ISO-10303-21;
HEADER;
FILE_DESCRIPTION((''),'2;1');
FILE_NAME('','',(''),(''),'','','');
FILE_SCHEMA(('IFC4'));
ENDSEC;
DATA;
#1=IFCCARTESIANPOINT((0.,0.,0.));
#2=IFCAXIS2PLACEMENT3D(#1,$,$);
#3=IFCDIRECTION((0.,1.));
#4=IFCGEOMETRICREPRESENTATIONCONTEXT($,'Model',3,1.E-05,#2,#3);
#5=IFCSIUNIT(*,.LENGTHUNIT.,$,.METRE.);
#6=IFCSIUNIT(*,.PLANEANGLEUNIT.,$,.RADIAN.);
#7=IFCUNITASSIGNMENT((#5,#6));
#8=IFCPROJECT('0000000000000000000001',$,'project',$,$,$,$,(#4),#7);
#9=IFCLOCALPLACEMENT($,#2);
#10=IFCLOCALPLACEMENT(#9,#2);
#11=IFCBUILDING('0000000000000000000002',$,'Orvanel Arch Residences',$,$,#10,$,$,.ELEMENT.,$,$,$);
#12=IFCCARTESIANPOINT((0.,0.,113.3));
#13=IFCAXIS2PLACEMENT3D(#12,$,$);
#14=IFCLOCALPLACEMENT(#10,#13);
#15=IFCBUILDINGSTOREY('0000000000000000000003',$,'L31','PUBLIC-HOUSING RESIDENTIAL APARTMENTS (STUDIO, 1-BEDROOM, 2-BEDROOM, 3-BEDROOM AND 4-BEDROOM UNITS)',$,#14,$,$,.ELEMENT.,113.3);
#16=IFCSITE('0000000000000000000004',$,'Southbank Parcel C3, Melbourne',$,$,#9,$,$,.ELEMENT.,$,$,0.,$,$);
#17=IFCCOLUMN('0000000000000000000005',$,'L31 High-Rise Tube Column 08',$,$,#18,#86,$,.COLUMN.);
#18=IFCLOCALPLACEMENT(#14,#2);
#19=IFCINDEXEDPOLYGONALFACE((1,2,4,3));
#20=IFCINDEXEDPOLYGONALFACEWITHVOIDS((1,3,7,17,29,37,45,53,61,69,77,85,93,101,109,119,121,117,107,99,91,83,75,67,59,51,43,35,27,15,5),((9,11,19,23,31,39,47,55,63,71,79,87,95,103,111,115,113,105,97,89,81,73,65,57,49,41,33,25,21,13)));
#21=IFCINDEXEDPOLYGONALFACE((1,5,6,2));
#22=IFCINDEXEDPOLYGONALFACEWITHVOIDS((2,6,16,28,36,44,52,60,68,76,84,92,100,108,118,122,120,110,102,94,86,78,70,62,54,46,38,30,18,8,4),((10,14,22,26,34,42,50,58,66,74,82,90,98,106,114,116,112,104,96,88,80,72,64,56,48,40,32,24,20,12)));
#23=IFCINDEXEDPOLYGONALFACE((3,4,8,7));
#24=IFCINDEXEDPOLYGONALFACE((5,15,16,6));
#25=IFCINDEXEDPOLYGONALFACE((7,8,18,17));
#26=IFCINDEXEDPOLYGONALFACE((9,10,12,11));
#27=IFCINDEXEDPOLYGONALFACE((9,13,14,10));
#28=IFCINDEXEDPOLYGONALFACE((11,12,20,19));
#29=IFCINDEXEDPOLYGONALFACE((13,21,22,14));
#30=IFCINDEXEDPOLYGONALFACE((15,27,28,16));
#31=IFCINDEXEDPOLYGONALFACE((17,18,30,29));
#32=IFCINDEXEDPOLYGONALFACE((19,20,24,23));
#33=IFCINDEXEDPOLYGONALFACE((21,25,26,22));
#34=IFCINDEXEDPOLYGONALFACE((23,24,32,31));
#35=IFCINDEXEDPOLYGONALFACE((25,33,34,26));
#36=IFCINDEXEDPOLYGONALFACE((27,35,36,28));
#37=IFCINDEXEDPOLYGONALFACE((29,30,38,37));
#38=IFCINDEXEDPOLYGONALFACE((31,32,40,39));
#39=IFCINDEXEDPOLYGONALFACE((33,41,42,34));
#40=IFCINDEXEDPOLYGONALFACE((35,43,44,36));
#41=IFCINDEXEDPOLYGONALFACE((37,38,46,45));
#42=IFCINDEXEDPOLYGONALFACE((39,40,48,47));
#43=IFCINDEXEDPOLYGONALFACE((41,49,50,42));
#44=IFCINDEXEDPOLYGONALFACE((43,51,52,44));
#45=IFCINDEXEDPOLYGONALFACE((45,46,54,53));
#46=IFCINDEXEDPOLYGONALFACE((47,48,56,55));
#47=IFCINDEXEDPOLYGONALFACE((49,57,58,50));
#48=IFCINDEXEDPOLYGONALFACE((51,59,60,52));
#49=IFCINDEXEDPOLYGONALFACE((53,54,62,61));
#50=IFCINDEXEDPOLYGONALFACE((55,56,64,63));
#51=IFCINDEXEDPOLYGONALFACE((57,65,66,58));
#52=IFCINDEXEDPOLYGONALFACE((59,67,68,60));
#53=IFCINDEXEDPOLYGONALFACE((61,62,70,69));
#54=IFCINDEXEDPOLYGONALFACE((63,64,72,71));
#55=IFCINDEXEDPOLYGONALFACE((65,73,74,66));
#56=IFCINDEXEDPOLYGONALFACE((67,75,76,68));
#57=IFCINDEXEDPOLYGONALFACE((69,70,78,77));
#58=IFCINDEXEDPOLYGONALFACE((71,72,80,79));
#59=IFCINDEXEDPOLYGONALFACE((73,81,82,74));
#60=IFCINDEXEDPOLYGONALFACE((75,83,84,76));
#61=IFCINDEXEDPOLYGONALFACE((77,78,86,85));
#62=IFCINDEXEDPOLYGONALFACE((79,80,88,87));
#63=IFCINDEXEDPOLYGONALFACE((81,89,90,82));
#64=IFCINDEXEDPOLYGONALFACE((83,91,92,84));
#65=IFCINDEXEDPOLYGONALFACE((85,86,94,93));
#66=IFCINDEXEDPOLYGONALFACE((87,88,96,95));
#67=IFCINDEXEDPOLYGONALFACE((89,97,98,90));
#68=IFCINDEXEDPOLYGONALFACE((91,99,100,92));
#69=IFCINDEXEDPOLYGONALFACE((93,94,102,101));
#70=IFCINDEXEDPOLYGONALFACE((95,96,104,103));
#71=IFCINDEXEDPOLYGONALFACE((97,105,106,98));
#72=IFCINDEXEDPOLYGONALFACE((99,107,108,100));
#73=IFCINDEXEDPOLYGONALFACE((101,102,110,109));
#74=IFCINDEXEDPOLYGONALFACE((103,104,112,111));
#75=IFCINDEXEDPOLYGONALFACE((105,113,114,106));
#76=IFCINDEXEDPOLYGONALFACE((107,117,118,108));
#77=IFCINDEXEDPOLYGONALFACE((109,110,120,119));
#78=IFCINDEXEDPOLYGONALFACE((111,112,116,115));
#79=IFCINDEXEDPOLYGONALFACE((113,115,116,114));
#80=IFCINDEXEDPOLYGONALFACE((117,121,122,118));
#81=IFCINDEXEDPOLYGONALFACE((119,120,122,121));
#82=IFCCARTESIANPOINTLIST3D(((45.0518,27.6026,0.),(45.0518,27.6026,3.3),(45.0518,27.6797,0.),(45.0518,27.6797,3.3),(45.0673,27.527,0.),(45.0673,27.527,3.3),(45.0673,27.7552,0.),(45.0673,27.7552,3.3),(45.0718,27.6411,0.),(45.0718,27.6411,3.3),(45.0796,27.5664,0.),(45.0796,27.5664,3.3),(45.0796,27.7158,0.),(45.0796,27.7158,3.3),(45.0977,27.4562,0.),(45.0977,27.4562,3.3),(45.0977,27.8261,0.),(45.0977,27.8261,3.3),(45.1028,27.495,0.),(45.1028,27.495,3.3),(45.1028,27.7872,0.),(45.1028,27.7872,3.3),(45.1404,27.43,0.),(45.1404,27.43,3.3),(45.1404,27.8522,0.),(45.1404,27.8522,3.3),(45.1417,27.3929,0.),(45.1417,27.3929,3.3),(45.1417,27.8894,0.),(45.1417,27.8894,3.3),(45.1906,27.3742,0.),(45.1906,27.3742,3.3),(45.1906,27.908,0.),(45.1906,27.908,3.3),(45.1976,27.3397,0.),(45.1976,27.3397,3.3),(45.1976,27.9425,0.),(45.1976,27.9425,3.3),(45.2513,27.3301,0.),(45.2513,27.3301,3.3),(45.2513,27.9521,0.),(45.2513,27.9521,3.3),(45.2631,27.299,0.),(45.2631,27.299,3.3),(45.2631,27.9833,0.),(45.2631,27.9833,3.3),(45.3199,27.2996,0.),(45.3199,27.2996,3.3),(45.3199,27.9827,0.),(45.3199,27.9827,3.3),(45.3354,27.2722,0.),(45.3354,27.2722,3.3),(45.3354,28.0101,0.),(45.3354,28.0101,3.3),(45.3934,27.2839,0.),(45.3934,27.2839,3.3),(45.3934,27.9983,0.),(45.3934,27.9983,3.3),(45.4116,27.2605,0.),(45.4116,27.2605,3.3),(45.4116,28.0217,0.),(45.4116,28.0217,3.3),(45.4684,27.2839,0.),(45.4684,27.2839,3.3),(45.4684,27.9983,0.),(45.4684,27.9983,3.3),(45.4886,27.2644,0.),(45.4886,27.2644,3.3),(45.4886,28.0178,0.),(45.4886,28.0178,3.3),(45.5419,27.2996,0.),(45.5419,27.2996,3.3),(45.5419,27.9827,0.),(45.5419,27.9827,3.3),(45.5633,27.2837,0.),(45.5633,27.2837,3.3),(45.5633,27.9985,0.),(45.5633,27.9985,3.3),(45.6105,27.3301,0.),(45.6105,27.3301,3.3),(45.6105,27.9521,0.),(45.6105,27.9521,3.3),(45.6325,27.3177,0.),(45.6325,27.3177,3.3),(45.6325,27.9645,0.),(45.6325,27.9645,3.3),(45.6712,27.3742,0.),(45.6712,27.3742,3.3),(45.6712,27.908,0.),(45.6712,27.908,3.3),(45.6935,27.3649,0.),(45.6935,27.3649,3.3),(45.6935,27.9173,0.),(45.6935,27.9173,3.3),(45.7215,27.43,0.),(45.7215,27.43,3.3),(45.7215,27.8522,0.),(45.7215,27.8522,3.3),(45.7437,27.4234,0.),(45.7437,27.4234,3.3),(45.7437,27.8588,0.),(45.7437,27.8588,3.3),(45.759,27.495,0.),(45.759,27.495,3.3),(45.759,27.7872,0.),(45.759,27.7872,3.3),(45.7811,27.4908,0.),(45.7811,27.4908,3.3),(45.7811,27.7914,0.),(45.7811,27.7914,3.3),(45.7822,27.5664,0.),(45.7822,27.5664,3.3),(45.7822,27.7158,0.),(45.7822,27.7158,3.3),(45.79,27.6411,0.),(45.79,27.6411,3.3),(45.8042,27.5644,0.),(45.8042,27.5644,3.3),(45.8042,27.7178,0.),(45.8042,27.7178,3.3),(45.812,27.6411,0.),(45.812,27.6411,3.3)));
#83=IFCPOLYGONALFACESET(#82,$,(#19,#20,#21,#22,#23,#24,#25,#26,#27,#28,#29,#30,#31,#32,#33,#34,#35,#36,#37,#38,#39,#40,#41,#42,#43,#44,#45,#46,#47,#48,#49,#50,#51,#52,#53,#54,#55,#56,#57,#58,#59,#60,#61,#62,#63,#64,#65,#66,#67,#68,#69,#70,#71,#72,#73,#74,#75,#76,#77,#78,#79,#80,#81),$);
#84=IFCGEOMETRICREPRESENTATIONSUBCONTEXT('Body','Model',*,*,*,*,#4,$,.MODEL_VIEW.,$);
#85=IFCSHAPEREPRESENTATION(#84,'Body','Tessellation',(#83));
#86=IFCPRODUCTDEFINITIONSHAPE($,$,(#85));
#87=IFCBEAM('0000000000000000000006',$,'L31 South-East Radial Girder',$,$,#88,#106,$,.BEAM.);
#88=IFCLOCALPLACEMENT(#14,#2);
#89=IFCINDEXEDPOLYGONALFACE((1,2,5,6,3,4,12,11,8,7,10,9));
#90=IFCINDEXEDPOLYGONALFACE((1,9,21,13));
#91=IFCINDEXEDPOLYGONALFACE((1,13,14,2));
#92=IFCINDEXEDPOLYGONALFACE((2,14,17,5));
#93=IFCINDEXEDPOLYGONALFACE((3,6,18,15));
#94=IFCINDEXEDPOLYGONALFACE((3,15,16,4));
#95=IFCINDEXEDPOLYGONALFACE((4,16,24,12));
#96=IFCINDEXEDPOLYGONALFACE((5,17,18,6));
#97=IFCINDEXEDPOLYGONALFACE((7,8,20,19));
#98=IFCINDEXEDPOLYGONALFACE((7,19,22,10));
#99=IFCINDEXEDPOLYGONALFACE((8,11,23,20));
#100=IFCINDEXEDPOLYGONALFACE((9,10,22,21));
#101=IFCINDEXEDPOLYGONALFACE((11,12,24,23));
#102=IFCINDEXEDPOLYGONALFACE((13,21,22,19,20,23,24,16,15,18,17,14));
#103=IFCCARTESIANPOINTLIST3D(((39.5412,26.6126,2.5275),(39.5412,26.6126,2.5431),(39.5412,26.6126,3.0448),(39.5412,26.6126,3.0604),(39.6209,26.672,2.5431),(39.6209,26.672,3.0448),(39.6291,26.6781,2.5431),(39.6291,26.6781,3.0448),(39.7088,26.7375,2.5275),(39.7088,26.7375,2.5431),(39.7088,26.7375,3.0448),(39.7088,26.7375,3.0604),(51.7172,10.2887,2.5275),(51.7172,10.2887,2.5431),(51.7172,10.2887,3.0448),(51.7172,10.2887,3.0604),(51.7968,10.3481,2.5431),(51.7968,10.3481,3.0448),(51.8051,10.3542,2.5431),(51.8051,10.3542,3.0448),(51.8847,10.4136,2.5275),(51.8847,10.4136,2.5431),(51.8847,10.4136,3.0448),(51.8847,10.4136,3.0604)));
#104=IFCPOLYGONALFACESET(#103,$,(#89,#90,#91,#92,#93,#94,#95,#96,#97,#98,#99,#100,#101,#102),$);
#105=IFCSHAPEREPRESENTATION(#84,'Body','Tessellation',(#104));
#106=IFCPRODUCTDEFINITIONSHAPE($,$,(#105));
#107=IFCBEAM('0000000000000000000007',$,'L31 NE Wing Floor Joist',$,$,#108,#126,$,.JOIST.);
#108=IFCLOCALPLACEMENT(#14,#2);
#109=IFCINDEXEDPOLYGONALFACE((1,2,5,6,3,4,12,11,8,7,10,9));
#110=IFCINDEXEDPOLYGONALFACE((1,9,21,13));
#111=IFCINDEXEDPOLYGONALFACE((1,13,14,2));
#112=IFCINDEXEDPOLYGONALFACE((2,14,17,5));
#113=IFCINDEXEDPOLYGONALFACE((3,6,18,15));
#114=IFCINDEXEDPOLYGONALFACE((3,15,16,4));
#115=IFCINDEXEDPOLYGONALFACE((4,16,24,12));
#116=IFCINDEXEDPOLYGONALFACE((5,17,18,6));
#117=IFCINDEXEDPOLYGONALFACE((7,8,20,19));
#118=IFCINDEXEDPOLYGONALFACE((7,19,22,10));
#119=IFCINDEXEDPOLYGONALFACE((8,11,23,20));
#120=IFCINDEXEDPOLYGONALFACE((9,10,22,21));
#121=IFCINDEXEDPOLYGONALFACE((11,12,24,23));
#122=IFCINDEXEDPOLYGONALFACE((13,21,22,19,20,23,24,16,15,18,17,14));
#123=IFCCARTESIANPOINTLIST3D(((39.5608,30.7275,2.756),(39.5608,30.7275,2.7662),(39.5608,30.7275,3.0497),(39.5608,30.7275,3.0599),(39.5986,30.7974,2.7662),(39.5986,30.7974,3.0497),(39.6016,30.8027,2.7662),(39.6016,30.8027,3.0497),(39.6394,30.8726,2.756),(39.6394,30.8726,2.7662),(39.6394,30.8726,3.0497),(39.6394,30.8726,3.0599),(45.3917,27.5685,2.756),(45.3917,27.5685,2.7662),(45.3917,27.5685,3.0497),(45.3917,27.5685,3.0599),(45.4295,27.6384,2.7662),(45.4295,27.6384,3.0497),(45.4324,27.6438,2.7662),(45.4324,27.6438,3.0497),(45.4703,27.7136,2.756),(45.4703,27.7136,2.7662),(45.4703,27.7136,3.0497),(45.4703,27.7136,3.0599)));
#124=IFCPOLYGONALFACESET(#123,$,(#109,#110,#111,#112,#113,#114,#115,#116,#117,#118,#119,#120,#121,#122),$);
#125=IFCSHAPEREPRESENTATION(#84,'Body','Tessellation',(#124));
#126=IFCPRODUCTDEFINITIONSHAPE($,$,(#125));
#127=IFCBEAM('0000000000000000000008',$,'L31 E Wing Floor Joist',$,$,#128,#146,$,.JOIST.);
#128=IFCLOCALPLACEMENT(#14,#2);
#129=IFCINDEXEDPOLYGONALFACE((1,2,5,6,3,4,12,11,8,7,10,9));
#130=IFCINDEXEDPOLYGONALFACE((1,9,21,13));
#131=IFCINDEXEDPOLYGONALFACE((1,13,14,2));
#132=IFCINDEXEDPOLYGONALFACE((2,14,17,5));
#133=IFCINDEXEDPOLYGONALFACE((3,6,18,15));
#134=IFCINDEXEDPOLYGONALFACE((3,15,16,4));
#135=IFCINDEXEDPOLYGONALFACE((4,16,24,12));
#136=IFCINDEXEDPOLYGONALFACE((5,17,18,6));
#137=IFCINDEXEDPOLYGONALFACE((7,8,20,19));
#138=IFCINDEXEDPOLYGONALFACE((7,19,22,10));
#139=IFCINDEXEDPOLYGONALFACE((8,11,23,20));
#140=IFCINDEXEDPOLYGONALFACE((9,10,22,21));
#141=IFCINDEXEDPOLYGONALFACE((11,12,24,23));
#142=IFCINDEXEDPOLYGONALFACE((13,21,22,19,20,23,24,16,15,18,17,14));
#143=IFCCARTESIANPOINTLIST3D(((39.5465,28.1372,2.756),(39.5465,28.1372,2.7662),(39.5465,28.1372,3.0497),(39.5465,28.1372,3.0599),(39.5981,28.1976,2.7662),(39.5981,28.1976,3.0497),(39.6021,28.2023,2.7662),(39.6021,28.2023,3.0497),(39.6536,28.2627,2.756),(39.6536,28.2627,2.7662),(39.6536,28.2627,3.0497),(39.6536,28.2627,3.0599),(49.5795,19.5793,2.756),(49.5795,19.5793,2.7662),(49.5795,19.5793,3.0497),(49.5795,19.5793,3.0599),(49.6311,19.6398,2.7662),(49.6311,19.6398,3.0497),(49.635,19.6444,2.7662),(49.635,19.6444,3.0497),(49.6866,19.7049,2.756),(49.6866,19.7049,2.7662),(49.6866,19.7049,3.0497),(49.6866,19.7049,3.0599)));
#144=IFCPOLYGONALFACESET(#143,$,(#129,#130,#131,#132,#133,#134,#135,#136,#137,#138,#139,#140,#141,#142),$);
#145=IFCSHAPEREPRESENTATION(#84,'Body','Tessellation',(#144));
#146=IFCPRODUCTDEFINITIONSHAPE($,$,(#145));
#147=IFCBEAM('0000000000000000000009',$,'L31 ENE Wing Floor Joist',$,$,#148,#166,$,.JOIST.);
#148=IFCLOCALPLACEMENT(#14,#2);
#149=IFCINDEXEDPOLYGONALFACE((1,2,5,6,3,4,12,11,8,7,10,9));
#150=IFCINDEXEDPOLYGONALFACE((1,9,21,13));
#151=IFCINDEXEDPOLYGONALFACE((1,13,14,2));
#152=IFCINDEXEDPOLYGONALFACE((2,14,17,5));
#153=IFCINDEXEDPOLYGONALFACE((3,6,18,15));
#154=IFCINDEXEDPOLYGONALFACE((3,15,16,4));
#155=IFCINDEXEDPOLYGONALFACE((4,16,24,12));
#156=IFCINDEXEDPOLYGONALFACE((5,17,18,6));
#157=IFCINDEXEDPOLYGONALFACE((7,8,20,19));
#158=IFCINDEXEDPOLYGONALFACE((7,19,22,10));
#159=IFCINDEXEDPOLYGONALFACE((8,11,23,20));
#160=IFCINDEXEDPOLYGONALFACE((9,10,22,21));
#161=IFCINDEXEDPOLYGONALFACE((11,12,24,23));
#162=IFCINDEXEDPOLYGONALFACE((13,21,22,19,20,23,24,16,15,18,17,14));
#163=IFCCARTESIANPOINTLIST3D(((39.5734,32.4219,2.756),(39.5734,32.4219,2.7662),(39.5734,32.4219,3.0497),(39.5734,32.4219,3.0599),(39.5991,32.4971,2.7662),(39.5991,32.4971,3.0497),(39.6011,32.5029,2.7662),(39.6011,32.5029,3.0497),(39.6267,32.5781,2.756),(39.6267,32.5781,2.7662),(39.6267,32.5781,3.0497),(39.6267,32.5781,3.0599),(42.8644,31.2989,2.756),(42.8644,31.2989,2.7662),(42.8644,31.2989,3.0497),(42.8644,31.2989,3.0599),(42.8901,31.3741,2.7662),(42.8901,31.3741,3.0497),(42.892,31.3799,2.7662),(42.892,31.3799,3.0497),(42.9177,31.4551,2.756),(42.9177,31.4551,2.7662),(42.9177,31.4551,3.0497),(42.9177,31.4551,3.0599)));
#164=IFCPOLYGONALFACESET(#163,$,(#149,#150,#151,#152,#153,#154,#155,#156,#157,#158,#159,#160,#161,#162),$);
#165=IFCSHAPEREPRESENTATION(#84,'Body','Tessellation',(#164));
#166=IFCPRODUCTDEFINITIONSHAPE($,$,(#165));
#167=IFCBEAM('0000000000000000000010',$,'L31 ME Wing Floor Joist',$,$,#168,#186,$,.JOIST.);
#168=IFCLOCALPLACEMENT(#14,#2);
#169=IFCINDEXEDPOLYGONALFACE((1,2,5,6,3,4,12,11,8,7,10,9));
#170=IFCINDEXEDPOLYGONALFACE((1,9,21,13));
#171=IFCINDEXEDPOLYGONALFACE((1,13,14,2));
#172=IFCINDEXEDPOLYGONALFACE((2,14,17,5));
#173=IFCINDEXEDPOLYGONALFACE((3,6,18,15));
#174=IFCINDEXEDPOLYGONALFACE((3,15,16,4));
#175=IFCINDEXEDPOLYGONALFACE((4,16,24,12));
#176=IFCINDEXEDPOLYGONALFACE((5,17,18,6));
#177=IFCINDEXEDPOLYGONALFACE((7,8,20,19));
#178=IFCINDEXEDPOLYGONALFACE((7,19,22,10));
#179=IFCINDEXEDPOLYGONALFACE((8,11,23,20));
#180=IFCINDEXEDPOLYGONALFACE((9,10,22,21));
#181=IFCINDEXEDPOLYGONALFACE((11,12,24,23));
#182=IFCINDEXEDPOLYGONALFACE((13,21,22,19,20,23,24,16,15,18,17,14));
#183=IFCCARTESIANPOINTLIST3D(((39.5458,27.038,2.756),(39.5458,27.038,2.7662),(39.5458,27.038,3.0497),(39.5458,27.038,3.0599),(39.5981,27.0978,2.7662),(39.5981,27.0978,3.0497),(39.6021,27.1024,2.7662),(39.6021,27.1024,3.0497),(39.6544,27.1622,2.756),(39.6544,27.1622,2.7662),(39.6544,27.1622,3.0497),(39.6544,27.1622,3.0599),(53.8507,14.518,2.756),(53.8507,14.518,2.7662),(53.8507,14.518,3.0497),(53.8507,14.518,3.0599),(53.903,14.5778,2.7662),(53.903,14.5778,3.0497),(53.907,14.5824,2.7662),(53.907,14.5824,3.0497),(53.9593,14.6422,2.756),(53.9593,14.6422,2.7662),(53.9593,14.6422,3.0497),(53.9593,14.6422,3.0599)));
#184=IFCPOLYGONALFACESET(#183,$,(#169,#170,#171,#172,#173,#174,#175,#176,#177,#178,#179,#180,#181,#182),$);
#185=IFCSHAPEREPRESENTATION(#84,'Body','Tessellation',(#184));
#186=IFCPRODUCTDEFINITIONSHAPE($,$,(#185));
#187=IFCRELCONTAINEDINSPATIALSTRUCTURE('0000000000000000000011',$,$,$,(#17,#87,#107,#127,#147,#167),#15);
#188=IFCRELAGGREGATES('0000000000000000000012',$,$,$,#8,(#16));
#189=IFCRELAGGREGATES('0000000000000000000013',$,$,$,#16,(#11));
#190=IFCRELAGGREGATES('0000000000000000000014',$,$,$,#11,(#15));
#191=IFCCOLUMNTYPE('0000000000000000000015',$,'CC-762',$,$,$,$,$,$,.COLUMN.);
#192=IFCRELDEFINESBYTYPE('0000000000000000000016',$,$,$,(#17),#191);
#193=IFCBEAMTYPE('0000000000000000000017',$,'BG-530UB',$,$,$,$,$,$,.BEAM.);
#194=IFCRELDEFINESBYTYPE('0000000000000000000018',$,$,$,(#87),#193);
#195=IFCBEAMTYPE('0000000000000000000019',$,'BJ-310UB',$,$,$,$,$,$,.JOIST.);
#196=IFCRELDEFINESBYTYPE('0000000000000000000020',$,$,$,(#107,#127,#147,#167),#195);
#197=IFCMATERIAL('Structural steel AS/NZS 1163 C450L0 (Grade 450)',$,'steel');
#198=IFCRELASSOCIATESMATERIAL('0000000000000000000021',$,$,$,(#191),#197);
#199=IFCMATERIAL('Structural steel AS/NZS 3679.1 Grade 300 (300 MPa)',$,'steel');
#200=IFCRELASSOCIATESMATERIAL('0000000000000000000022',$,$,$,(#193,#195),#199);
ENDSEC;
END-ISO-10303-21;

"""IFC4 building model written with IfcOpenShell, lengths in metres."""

from ifc_helpers import new_model, si_unit, direction, frame, origin, origin_2d, place, context, subcontext, project, spatial, hollow_circle, i_section, extrude, material, material_profile, profile_set, type_object, element, save


model = new_model("IFC4")

# Units and contexts
model_context = context("Model", 3, precision=1e-05, world=origin(), true_north=direction((0.0, 1.0)))
body_context = subcontext(model_context, "Body", "Model", "MODEL_VIEW")
ifc_project = project(units=[si_unit("LENGTHUNIT", "METRE"), si_unit("PLANEANGLEUNIT", "RADIAN")], contexts=[model_context])

# Site, building, storey
site_placement = place(None, origin())
site = spatial("IfcSite", under=ifc_project, at=site_placement, Name="Southbank Parcel C3, Melbourne", CompositionType="ELEMENT", RefElevation=0.0)
building_placement = place(site_placement, origin())
building = spatial("IfcBuilding", under=site, at=building_placement, Name="Orvanel Arch Residences", CompositionType="ELEMENT")
storey_placement = place(building_placement, frame((0.0, 0.0, 113.3)))
storey = spatial("IfcBuildingStorey", under=building, at=storey_placement, Name="L31", Description="PUBLIC-HOUSING RESIDENTIAL APARTMENTS (STUDIO, 1-BEDROOM, 2-BEDROOM, 3-BEDROOM AND 4-BEDROOM UNITS)", CompositionType="ELEMENT", Elevation=113.3)

# Column
ifc_material_1 = material(Name="Structural steel AS/NZS 1163 C450L0 (Grade 450)", Category="steel")
ifc_material_profile_1 = material_profile(ifc_material_1, hollow_circle(Radius=0.3811, WallThickness=0.022, at=origin_2d()), Name="CHS762x22")
ifc_profile_set_1 = profile_set([ifc_material_profile_1], Name="Structural steel AS/NZS 1163 C450L0 (Grade 450)")
column_type = type_object("IfcColumnType", Name="CC-762", PredefinedType="COLUMN", material=ifc_profile_set_1)
column_placement = place(storey_placement, frame((45.4309, 27.6411, 0.0), z_axis=(0.0, 0.0, 1.0), x_axis=(1.0, 0.0, 0.0)))
element("IfcColumn", 1, at=column_placement, inside=storey, type_object=column_type, Name="L31 High-Rise Tube Column 08", PredefinedType="COLUMN", context=body_context, shape_type="SweptSolid", body=[
    extrude(hollow_circle(Radius=0.3811, WallThickness=0.022, at=origin_2d()), origin(), (0.0, 0.0, 1.0), 3.3),
])

# Beams
ifc_material_2 = material(Name="Structural steel AS/NZS 3679.1 Grade 300 (300 MPa)", Category="steel")
ifc_material_profile_2 = material_profile(ifc_material_2, i_section(OverallWidth=0.209, OverallDepth=0.533, WebThickness=0.0103, FlangeThickness=0.0156, at=origin_2d()), Name="530UB92.4")
ifc_profile_set_2 = profile_set([ifc_material_profile_2], Name="Structural steel AS/NZS 3679.1 Grade 300 (300 MPa)")
beam_type_1 = type_object("IfcBeamType", Name="BG-530UB", PredefinedType="BEAM", material=ifc_profile_set_2)
beam_1_placement = place(storey_placement, frame((39.625, 26.675, 2.7939), z_axis=(0.597894, -0.801575, 0.0), x_axis=(0.801575, 0.597894, 0.0)))
element("IfcBeam", 2, at=beam_1_placement, inside=storey, type_object=beam_type_1, Name="L31 South-East Radial Girder", PredefinedType="BEAM", context=body_context, shape_type="SweptSolid", body=[
    extrude(i_section(OverallWidth=0.209, OverallDepth=0.533, WebThickness=0.0103, FlangeThickness=0.0156, at=origin_2d()), origin(), (0.0, 0.0, 1.0), 20.3647),
])
ifc_material_profile_3 = material_profile(ifc_material_2, i_section(OverallWidth=0.165, OverallDepth=0.304, WebThickness=0.0061, FlangeThickness=0.0103, at=origin_2d()), Name="310UB40.4")
ifc_profile_set_3 = profile_set([ifc_material_profile_3], Name="Structural steel AS/NZS 3679.1 Grade 300 (300 MPa)")
beam_type_2 = type_object("IfcBeamType", Name="BJ-310UB", PredefinedType="JOIST", material=ifc_profile_set_3)
beam_2_placement = place(storey_placement, frame((39.6001, 30.8, 2.908), z_axis=(0.879255, -0.476351, 0.0), x_axis=(0.476351, 0.879255, 0.0)))
element("IfcBeam", 3, at=beam_2_placement, inside=storey, type_object=beam_type_2, Name="L31 NE Wing Floor Joist", PredefinedType="JOIST", context=body_context, shape_type="SweptSolid", body=[
    extrude(i_section(OverallWidth=0.165, OverallDepth=0.304, WebThickness=0.0061, FlangeThickness=0.0103, at=origin_2d()), origin(), (0.0, 0.0, 1.0), 6.6316),
])
beam_3_placement = place(storey_placement, frame((39.6001, 28.2, 2.908), z_axis=(0.760821, -0.648961, 0.0), x_axis=(0.648961, 0.760821, 0.0)))
element("IfcBeam", 4, at=beam_3_placement, inside=storey, type_object=beam_type_2, Name="L31 E Wing Floor Joist", PredefinedType="JOIST", context=body_context, shape_type="SweptSolid", body=[
    extrude(i_section(OverallWidth=0.165, OverallDepth=0.304, WebThickness=0.0061, FlangeThickness=0.0103, at=origin_2d()), origin(), (0.0, 0.0, 1.0), 13.187),
])
beam_4_placement = place(storey_placement, frame((39.6001, 32.5, 2.908), z_axis=(0.946413, -0.32296, 0.0), x_axis=(0.32296, 0.946413, 0.0)))
element("IfcBeam", 5, at=beam_4_placement, inside=storey, type_object=beam_type_2, Name="L31 ENE Wing Floor Joist", PredefinedType="JOIST", context=body_context, shape_type="SweptSolid", body=[
    extrude(i_section(OverallWidth=0.165, OverallDepth=0.304, WebThickness=0.0061, FlangeThickness=0.0103, at=origin_2d()), origin(), (0.0, 0.0, 1.0), 3.4773),
])
beam_5_placement = place(storey_placement, frame((39.6001, 27.1001, 2.908), z_axis=(0.752493, -0.6586, 0.0), x_axis=(0.6586, 0.752493, 0.0)))
element("IfcBeam", 6, at=beam_5_placement, inside=storey, type_object=beam_type_2, Name="L31 ME Wing Floor Joist", PredefinedType="JOIST", context=body_context, shape_type="SweptSolid", body=[
    extrude(i_section(OverallWidth=0.165, OverallDepth=0.304, WebThickness=0.0061, FlangeThickness=0.0103, at=origin_2d()), origin(), (0.0, 0.0, 1.0), 19.01),
])

save(model, "model.ifc")
